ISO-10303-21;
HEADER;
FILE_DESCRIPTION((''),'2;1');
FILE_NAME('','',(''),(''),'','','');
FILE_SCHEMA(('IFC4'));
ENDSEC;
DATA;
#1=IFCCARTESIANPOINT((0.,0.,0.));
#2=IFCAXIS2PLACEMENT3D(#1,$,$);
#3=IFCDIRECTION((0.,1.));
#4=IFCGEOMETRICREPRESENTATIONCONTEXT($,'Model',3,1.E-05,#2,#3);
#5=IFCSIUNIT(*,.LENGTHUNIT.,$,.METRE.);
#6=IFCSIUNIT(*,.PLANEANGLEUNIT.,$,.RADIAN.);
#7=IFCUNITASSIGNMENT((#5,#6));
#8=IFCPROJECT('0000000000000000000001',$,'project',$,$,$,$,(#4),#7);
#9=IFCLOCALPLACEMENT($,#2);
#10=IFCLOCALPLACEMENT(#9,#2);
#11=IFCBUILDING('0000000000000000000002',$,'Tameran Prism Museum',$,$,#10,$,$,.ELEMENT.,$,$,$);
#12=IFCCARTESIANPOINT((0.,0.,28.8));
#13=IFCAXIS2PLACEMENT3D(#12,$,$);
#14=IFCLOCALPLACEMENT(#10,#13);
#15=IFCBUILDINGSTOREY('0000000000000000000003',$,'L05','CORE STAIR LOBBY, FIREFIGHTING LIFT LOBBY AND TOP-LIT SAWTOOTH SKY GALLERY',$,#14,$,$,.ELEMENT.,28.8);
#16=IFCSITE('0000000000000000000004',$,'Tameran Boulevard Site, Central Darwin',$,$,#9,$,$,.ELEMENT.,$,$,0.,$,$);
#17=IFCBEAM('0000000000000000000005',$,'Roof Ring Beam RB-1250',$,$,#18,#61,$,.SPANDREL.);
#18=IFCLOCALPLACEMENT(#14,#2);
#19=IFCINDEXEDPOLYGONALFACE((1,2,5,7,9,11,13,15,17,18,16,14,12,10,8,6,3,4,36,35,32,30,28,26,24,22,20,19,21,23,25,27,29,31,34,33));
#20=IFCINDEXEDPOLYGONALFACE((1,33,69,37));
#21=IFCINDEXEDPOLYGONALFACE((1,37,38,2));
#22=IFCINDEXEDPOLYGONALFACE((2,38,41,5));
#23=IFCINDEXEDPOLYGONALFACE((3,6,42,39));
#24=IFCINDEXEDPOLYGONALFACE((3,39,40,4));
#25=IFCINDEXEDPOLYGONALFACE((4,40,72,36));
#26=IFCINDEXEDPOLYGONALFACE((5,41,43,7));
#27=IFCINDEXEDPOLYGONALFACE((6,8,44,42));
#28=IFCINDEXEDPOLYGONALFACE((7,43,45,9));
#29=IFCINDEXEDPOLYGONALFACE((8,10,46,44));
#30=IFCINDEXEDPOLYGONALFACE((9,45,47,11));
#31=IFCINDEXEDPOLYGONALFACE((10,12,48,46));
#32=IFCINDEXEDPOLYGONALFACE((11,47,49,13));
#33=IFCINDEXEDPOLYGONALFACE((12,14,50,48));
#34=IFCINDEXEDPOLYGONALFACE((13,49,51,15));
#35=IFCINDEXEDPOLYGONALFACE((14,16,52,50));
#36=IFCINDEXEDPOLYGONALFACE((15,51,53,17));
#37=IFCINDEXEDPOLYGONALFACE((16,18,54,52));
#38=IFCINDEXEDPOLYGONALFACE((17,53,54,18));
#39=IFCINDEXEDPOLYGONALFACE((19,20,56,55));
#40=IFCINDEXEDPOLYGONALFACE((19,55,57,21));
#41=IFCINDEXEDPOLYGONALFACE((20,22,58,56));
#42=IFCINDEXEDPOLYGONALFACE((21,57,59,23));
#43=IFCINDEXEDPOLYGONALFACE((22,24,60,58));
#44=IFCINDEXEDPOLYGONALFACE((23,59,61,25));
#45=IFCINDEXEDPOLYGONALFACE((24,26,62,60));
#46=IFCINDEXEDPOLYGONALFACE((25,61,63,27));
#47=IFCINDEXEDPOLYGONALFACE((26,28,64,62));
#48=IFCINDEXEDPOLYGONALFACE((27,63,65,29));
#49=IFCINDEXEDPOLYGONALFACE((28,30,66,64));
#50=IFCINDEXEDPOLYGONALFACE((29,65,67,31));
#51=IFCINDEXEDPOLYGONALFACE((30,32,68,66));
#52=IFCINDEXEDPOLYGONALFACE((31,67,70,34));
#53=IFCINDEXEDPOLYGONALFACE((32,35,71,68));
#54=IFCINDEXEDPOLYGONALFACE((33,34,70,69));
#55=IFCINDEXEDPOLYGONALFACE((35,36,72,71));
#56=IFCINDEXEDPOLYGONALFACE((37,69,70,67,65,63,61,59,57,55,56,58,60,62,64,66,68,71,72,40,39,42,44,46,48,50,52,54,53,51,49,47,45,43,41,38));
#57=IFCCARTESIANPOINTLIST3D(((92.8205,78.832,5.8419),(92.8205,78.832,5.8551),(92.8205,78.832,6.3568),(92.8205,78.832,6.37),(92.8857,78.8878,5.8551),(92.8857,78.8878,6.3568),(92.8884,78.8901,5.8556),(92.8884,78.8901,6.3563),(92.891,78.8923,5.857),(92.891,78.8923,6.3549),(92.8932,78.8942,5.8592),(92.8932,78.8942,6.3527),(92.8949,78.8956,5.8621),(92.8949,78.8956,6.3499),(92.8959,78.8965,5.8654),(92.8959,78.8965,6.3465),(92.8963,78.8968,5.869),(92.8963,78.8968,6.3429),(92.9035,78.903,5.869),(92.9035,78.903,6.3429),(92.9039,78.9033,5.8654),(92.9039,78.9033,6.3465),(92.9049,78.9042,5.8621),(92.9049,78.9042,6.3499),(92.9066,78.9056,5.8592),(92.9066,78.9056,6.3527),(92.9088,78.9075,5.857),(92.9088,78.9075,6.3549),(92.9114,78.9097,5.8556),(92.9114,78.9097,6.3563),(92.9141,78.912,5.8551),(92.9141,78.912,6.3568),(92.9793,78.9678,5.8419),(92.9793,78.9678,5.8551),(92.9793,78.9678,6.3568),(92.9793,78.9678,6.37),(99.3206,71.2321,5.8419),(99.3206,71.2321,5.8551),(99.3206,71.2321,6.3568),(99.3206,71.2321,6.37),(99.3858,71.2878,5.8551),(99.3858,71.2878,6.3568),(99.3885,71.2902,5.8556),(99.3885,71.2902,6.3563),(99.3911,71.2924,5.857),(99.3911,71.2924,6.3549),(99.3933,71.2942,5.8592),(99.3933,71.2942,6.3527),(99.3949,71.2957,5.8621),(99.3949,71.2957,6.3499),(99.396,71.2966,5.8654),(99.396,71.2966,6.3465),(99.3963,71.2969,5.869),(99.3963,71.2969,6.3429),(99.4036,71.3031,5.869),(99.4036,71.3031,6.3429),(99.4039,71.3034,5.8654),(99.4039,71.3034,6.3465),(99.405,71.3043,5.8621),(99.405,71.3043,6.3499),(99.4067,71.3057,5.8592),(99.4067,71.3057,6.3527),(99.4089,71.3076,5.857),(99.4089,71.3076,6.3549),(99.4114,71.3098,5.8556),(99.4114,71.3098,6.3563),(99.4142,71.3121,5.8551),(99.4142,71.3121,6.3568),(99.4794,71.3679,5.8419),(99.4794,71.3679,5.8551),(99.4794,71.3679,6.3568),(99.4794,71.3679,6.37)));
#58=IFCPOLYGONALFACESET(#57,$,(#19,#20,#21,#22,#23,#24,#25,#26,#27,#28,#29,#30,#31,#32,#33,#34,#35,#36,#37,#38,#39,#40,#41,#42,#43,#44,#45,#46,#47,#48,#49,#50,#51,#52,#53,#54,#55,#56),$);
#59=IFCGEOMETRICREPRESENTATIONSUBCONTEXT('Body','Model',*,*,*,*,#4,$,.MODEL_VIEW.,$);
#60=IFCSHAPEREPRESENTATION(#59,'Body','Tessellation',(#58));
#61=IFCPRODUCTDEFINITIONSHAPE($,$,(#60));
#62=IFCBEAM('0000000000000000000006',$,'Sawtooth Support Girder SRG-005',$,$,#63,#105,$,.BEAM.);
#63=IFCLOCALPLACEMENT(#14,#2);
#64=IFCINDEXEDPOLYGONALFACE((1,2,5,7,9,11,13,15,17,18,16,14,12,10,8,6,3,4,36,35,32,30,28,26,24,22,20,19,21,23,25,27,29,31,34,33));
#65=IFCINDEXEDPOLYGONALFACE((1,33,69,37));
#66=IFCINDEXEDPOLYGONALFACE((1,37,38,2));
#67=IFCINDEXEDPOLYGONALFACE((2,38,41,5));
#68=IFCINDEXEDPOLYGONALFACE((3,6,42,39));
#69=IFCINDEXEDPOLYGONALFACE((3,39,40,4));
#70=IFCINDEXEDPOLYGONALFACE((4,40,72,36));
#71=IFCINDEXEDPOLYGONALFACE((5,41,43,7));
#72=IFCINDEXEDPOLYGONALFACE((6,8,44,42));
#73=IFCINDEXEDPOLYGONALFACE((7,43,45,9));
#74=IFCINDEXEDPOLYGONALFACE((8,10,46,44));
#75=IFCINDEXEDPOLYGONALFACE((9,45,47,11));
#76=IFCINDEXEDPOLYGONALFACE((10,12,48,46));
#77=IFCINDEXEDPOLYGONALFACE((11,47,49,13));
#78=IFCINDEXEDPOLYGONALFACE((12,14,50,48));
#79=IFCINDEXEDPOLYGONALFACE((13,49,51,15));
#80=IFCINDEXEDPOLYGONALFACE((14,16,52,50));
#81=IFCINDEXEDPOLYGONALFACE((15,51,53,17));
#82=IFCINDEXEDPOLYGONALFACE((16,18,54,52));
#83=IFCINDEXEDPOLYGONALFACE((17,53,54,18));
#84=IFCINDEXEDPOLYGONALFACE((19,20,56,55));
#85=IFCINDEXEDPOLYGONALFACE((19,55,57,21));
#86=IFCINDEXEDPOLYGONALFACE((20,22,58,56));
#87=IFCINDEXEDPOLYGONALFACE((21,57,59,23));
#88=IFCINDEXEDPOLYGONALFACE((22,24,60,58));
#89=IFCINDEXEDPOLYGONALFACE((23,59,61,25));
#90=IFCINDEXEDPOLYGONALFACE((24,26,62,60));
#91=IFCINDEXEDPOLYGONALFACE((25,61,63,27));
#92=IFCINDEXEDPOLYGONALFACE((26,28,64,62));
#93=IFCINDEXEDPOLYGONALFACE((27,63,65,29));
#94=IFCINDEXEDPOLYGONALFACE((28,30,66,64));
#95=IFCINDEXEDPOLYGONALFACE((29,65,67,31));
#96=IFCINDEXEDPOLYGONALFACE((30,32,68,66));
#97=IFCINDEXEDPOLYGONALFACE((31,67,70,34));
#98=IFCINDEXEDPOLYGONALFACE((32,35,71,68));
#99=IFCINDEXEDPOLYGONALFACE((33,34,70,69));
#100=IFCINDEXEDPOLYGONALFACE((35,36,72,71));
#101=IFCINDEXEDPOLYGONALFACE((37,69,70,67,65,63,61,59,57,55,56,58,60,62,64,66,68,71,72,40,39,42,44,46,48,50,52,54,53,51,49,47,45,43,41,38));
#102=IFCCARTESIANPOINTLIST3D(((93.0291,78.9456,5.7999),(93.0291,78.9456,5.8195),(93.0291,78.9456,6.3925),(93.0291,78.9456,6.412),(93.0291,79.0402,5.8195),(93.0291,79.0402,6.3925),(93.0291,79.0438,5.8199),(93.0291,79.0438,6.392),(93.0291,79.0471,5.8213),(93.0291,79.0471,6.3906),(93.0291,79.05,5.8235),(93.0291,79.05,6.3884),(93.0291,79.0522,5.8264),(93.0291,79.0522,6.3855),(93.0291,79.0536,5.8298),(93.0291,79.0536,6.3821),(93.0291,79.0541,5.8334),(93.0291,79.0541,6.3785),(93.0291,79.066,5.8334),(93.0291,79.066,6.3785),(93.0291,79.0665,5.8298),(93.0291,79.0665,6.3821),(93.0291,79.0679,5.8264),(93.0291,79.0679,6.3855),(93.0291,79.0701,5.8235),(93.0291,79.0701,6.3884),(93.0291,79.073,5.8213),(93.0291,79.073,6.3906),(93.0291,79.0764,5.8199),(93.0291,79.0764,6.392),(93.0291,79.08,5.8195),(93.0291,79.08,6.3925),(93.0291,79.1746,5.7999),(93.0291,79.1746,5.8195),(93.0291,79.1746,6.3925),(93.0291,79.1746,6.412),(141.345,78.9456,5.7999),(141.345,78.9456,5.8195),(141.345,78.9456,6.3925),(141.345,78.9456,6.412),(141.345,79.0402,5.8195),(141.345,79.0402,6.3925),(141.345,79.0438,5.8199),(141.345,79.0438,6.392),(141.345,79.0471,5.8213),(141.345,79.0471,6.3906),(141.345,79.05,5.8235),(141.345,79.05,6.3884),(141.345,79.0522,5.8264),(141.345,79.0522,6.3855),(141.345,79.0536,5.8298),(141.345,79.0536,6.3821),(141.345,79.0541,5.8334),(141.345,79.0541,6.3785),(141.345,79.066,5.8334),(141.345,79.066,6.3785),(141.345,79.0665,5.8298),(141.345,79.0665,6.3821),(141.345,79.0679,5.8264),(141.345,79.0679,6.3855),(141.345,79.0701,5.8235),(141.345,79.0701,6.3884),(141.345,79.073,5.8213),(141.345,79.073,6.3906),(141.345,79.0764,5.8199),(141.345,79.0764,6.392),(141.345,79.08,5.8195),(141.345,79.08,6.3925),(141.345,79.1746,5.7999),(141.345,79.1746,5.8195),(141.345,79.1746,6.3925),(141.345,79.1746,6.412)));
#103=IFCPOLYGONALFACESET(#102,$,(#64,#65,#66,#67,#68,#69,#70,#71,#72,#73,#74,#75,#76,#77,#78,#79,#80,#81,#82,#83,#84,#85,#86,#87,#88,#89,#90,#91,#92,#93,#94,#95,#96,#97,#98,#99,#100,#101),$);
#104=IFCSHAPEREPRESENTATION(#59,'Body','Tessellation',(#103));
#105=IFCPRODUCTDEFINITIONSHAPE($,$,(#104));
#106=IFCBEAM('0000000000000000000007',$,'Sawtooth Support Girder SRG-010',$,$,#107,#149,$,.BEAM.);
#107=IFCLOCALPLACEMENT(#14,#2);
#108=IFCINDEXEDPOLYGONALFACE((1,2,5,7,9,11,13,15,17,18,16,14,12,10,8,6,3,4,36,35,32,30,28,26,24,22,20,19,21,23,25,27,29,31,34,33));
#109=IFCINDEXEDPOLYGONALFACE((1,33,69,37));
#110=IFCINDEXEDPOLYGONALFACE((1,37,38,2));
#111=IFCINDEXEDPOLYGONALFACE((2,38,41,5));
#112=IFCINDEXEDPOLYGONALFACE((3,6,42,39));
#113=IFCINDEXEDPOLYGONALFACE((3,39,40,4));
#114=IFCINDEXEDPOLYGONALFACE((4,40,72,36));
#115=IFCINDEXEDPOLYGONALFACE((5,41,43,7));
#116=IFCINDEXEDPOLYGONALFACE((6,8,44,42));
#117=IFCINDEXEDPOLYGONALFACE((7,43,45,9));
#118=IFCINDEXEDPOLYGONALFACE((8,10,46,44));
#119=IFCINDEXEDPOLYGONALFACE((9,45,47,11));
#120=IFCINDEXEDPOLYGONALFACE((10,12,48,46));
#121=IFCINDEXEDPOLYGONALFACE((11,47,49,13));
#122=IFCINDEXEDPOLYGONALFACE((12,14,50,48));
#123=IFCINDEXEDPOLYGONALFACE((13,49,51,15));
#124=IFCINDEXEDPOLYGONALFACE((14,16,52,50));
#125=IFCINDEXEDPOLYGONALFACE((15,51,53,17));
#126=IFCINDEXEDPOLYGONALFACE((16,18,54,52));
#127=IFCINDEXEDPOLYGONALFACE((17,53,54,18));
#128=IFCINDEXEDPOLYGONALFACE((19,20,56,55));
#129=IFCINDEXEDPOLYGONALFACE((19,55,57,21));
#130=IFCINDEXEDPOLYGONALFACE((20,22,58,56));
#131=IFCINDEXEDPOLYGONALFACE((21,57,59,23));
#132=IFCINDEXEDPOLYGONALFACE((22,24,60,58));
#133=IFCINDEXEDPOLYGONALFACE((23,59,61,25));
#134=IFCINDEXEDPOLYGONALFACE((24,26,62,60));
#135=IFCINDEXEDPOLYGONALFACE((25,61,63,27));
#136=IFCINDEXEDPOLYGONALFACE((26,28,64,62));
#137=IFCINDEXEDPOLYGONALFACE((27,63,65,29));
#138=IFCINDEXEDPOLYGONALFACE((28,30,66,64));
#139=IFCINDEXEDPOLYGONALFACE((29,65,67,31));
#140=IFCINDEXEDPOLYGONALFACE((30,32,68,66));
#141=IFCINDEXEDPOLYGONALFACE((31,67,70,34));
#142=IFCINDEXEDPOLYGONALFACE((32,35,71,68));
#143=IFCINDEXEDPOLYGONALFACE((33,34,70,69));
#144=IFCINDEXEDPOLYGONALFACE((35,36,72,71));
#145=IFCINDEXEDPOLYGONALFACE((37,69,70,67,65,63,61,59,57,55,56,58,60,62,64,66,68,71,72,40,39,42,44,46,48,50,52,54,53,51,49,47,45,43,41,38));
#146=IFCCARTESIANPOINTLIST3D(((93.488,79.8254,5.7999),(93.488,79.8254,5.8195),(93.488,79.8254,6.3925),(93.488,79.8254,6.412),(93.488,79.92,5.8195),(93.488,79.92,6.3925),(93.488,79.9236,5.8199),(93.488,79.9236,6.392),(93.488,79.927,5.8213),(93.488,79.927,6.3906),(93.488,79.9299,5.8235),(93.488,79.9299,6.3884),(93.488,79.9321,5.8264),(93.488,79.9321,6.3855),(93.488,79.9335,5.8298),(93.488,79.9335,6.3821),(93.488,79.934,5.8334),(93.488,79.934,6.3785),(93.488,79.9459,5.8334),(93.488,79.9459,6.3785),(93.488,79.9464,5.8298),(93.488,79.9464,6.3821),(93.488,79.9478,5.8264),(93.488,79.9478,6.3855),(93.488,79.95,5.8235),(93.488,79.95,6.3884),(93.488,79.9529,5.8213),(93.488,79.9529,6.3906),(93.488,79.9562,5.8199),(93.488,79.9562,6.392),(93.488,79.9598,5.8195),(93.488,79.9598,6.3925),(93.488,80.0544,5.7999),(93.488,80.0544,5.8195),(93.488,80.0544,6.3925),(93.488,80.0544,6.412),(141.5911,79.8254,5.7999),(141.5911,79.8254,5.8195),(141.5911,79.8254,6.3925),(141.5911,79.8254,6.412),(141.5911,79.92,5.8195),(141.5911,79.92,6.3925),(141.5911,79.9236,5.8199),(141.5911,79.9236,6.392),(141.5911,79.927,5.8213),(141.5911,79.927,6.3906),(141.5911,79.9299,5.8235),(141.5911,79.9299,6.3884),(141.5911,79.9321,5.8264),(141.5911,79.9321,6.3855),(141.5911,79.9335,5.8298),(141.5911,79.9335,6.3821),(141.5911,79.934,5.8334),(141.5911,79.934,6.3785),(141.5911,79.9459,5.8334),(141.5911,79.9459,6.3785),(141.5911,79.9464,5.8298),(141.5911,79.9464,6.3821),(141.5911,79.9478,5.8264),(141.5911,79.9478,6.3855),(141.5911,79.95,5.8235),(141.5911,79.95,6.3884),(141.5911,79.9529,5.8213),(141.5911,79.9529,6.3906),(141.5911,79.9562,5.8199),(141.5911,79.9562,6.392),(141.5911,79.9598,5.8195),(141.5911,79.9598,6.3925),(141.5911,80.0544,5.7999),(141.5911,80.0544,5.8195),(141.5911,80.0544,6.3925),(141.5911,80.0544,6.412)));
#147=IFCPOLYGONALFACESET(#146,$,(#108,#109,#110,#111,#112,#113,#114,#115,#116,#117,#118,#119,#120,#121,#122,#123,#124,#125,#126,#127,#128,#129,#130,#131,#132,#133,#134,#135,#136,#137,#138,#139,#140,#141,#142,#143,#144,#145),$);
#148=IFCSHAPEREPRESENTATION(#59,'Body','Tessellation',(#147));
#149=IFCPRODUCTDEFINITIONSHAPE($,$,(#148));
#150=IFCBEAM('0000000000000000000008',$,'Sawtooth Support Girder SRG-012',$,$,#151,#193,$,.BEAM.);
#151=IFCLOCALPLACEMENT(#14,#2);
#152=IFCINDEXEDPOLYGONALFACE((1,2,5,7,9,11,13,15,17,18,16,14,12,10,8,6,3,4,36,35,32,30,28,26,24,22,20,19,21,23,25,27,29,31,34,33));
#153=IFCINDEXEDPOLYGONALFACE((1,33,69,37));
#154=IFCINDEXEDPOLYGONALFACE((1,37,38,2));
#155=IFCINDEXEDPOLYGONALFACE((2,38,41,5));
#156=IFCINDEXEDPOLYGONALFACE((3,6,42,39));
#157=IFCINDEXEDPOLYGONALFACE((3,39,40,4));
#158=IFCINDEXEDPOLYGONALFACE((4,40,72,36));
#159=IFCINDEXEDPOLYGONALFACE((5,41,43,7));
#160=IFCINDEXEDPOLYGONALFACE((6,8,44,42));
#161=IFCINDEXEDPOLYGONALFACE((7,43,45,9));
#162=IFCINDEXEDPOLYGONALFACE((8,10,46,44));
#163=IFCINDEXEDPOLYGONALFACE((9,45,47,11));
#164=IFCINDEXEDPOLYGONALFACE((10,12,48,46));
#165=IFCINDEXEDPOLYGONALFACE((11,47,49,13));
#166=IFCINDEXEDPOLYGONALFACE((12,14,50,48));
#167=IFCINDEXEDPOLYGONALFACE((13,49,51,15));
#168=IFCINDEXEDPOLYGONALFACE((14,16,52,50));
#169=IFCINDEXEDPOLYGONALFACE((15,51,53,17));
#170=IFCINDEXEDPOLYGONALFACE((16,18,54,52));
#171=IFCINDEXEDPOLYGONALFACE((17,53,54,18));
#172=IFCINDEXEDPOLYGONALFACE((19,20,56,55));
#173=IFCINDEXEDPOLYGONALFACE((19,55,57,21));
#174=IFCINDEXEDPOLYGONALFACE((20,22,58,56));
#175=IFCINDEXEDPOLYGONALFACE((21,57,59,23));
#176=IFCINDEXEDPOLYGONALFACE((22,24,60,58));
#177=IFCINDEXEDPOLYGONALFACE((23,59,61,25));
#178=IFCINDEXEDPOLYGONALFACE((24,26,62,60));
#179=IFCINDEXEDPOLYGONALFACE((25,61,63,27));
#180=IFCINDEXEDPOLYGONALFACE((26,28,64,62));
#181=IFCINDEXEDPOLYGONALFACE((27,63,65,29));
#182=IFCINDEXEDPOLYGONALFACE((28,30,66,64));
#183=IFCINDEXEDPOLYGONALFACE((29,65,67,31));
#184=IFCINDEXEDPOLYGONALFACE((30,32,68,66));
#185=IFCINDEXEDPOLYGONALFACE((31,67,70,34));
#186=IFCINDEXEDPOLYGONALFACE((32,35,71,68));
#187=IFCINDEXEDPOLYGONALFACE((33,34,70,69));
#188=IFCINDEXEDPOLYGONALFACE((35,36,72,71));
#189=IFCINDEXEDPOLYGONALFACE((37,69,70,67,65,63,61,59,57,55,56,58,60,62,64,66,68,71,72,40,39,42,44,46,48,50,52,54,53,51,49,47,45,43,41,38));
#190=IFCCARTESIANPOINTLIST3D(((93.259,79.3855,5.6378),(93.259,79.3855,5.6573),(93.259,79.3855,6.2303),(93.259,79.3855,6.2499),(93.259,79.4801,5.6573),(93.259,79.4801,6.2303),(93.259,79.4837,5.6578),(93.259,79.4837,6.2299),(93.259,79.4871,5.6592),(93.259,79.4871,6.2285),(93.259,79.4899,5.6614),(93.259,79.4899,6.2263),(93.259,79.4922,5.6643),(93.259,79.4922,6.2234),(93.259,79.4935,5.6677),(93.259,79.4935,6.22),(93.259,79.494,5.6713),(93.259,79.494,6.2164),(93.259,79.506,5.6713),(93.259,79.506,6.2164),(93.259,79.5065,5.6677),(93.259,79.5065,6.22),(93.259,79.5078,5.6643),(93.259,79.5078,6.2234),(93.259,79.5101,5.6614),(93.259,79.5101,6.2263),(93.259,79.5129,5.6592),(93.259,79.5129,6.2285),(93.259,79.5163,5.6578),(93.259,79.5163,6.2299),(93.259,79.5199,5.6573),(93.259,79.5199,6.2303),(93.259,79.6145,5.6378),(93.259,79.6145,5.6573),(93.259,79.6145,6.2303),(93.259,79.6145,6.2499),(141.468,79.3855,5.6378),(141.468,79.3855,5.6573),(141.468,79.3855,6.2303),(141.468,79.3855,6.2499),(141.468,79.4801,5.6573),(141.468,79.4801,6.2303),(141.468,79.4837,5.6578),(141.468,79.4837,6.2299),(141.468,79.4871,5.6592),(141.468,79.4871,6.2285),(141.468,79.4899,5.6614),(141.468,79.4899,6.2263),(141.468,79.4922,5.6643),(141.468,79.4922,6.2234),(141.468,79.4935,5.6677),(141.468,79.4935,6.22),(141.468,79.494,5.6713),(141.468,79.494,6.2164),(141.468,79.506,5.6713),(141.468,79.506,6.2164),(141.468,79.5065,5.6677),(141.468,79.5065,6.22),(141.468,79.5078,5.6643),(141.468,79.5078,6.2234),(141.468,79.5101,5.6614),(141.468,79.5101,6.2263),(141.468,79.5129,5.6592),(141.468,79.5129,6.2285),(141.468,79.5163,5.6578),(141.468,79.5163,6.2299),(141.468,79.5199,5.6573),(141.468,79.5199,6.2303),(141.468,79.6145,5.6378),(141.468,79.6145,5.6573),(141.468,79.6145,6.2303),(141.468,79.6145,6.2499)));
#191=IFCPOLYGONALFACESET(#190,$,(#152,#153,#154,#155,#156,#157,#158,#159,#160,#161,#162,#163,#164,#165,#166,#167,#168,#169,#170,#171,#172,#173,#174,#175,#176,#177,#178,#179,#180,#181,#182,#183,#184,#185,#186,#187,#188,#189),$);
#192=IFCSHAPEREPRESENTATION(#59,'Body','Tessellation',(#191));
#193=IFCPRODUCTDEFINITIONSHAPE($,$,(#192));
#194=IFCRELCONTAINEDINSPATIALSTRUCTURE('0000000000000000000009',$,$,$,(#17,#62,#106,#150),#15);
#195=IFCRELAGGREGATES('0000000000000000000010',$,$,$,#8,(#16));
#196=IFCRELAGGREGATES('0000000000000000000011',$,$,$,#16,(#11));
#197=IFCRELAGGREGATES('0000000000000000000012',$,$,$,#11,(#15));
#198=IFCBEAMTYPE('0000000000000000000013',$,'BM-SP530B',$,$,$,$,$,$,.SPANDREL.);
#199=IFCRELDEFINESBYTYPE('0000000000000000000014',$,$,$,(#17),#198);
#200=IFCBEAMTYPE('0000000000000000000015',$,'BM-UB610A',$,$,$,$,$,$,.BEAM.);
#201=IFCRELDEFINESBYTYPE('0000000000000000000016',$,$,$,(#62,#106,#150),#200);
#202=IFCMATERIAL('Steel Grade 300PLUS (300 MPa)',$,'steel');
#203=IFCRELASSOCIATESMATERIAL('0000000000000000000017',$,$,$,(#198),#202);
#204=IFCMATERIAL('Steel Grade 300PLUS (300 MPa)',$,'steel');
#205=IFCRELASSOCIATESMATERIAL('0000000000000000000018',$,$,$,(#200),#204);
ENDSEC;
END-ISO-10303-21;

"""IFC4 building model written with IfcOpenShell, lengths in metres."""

from ifc_helpers import new_model, si_unit, direction, frame, origin, origin_2d, place, context, subcontext, project, spatial, i_section, extrude, material, material_profile, profile_set, type_object, element, save


model = new_model("IFC4")

# Units and contexts
model_context = context("Model", 3, precision=1e-05, world=origin(), true_north=direction((0.0, 1.0)))
body_context = subcontext(model_context, "Body", "Model", "MODEL_VIEW")
ifc_project = project(units=[si_unit("LENGTHUNIT", "METRE"), si_unit("PLANEANGLEUNIT", "RADIAN")], contexts=[model_context])

# Site, building, storey
site_placement = place(None, origin())
site = spatial("IfcSite", under=ifc_project, at=site_placement, Name="Tameran Boulevard Site, Central Darwin", CompositionType="ELEMENT", RefElevation=0.0)
building_placement = place(site_placement, origin())
building = spatial("IfcBuilding", under=site, at=building_placement, Name="Tameran Prism Museum", CompositionType="ELEMENT")
storey_placement = place(building_placement, frame((0.0, 0.0, 28.8)))
storey = spatial("IfcBuildingStorey", under=building, at=storey_placement, Name="L05", Description="CORE STAIR LOBBY, FIREFIGHTING LIFT LOBBY AND TOP-LIT SAWTOOTH SKY GALLERY", CompositionType="ELEMENT", Elevation=28.8)

# Beams
ifc_material_1 = material(Name="Steel Grade 300PLUS (300 MPa)", Category="steel")
ifc_material_profile_1 = material_profile(ifc_material_1, i_section(OverallWidth=0.209, OverallDepth=0.5281, WebThickness=0.0095, FlangeThickness=0.0132, FilletRadius=0.0139, at=origin_2d()))
ifc_profile_set_1 = profile_set([ifc_material_profile_1])
beam_type_1 = type_object("IfcBeamType", Name="BM-SP530B", PredefinedType="SPANDREL", material=ifc_profile_set_1)
beam_1_placement = place(storey_placement, frame((92.8999, 78.8999, 6.106), z_axis=(0.649975, -0.759956, 0.0), x_axis=(0.759956, 0.649975, 0.0)))
element("IfcBeam", 1, at=beam_1_placement, inside=storey, type_object=beam_type_1, Name="Roof Ring Beam RB-1250", PredefinedType="SPANDREL", context=body_context, shape_type="SweptSolid", body=[
    extrude(i_section(OverallWidth=0.209, OverallDepth=0.5281, WebThickness=0.0095, FlangeThickness=0.0132, FilletRadius=0.0139, at=origin_2d()), origin(), (0.0, 0.0, 1.0), 10.0005),
])
ifc_material_2 = material(Name="Steel Grade 300PLUS (300 MPa)", Category="steel")
ifc_material_profile_2 = material_profile(ifc_material_2, i_section(OverallWidth=0.229, OverallDepth=0.6121, WebThickness=0.012, FlangeThickness=0.0195, FilletRadius=0.0139, at=origin_2d()))
ifc_profile_set_2 = profile_set([ifc_material_profile_2])
beam_type_2 = type_object("IfcBeamType", Name="BM-UB610A", PredefinedType="BEAM", material=ifc_profile_set_2)
beam_2_placement = place(storey_placement, frame((93.0291, 79.0601, 6.106), z_axis=(1.0, 0.0, 0.0), x_axis=(0.0, 1.0, 0.0)))
element("IfcBeam", 2, at=beam_2_placement, inside=storey, type_object=beam_type_2, Name="Sawtooth Support Girder SRG-005", PredefinedType="BEAM", context=body_context, shape_type="SweptSolid", body=[
    extrude(i_section(OverallWidth=0.229, OverallDepth=0.6121, WebThickness=0.012, FlangeThickness=0.0195, FilletRadius=0.0139, at=origin_2d()), origin(), (0.0, 0.0, 1.0), 48.3159),
])
beam_3_placement = place(storey_placement, frame((93.488, 79.9399, 6.106), z_axis=(1.0, 0.0, 0.0), x_axis=(0.0, 1.0, 0.0)))
element("IfcBeam", 3, at=beam_3_placement, inside=storey, type_object=beam_type_2, Name="Sawtooth Support Girder SRG-010", PredefinedType="BEAM", context=body_context, shape_type="SweptSolid", body=[
    extrude(i_section(OverallWidth=0.229, OverallDepth=0.6121, WebThickness=0.012, FlangeThickness=0.0195, FilletRadius=0.0139, at=origin_2d()), origin(), (0.0, 0.0, 1.0), 48.103),
])
beam_4_placement = place(storey_placement, frame((93.259, 79.5, 5.9438), z_axis=(1.0, 0.0, 0.0), x_axis=(0.0, 1.0, 0.0)))
element("IfcBeam", 4, at=beam_4_placement, inside=storey, type_object=beam_type_2, Name="Sawtooth Support Girder SRG-012", PredefinedType="BEAM", context=body_context, shape_type="SweptSolid", body=[
    extrude(i_section(OverallWidth=0.229, OverallDepth=0.6121, WebThickness=0.012, FlangeThickness=0.0195, FilletRadius=0.0139, at=origin_2d()), origin(), (0.0, 0.0, 1.0), 48.209),
])

save(model, "model.ifc")
